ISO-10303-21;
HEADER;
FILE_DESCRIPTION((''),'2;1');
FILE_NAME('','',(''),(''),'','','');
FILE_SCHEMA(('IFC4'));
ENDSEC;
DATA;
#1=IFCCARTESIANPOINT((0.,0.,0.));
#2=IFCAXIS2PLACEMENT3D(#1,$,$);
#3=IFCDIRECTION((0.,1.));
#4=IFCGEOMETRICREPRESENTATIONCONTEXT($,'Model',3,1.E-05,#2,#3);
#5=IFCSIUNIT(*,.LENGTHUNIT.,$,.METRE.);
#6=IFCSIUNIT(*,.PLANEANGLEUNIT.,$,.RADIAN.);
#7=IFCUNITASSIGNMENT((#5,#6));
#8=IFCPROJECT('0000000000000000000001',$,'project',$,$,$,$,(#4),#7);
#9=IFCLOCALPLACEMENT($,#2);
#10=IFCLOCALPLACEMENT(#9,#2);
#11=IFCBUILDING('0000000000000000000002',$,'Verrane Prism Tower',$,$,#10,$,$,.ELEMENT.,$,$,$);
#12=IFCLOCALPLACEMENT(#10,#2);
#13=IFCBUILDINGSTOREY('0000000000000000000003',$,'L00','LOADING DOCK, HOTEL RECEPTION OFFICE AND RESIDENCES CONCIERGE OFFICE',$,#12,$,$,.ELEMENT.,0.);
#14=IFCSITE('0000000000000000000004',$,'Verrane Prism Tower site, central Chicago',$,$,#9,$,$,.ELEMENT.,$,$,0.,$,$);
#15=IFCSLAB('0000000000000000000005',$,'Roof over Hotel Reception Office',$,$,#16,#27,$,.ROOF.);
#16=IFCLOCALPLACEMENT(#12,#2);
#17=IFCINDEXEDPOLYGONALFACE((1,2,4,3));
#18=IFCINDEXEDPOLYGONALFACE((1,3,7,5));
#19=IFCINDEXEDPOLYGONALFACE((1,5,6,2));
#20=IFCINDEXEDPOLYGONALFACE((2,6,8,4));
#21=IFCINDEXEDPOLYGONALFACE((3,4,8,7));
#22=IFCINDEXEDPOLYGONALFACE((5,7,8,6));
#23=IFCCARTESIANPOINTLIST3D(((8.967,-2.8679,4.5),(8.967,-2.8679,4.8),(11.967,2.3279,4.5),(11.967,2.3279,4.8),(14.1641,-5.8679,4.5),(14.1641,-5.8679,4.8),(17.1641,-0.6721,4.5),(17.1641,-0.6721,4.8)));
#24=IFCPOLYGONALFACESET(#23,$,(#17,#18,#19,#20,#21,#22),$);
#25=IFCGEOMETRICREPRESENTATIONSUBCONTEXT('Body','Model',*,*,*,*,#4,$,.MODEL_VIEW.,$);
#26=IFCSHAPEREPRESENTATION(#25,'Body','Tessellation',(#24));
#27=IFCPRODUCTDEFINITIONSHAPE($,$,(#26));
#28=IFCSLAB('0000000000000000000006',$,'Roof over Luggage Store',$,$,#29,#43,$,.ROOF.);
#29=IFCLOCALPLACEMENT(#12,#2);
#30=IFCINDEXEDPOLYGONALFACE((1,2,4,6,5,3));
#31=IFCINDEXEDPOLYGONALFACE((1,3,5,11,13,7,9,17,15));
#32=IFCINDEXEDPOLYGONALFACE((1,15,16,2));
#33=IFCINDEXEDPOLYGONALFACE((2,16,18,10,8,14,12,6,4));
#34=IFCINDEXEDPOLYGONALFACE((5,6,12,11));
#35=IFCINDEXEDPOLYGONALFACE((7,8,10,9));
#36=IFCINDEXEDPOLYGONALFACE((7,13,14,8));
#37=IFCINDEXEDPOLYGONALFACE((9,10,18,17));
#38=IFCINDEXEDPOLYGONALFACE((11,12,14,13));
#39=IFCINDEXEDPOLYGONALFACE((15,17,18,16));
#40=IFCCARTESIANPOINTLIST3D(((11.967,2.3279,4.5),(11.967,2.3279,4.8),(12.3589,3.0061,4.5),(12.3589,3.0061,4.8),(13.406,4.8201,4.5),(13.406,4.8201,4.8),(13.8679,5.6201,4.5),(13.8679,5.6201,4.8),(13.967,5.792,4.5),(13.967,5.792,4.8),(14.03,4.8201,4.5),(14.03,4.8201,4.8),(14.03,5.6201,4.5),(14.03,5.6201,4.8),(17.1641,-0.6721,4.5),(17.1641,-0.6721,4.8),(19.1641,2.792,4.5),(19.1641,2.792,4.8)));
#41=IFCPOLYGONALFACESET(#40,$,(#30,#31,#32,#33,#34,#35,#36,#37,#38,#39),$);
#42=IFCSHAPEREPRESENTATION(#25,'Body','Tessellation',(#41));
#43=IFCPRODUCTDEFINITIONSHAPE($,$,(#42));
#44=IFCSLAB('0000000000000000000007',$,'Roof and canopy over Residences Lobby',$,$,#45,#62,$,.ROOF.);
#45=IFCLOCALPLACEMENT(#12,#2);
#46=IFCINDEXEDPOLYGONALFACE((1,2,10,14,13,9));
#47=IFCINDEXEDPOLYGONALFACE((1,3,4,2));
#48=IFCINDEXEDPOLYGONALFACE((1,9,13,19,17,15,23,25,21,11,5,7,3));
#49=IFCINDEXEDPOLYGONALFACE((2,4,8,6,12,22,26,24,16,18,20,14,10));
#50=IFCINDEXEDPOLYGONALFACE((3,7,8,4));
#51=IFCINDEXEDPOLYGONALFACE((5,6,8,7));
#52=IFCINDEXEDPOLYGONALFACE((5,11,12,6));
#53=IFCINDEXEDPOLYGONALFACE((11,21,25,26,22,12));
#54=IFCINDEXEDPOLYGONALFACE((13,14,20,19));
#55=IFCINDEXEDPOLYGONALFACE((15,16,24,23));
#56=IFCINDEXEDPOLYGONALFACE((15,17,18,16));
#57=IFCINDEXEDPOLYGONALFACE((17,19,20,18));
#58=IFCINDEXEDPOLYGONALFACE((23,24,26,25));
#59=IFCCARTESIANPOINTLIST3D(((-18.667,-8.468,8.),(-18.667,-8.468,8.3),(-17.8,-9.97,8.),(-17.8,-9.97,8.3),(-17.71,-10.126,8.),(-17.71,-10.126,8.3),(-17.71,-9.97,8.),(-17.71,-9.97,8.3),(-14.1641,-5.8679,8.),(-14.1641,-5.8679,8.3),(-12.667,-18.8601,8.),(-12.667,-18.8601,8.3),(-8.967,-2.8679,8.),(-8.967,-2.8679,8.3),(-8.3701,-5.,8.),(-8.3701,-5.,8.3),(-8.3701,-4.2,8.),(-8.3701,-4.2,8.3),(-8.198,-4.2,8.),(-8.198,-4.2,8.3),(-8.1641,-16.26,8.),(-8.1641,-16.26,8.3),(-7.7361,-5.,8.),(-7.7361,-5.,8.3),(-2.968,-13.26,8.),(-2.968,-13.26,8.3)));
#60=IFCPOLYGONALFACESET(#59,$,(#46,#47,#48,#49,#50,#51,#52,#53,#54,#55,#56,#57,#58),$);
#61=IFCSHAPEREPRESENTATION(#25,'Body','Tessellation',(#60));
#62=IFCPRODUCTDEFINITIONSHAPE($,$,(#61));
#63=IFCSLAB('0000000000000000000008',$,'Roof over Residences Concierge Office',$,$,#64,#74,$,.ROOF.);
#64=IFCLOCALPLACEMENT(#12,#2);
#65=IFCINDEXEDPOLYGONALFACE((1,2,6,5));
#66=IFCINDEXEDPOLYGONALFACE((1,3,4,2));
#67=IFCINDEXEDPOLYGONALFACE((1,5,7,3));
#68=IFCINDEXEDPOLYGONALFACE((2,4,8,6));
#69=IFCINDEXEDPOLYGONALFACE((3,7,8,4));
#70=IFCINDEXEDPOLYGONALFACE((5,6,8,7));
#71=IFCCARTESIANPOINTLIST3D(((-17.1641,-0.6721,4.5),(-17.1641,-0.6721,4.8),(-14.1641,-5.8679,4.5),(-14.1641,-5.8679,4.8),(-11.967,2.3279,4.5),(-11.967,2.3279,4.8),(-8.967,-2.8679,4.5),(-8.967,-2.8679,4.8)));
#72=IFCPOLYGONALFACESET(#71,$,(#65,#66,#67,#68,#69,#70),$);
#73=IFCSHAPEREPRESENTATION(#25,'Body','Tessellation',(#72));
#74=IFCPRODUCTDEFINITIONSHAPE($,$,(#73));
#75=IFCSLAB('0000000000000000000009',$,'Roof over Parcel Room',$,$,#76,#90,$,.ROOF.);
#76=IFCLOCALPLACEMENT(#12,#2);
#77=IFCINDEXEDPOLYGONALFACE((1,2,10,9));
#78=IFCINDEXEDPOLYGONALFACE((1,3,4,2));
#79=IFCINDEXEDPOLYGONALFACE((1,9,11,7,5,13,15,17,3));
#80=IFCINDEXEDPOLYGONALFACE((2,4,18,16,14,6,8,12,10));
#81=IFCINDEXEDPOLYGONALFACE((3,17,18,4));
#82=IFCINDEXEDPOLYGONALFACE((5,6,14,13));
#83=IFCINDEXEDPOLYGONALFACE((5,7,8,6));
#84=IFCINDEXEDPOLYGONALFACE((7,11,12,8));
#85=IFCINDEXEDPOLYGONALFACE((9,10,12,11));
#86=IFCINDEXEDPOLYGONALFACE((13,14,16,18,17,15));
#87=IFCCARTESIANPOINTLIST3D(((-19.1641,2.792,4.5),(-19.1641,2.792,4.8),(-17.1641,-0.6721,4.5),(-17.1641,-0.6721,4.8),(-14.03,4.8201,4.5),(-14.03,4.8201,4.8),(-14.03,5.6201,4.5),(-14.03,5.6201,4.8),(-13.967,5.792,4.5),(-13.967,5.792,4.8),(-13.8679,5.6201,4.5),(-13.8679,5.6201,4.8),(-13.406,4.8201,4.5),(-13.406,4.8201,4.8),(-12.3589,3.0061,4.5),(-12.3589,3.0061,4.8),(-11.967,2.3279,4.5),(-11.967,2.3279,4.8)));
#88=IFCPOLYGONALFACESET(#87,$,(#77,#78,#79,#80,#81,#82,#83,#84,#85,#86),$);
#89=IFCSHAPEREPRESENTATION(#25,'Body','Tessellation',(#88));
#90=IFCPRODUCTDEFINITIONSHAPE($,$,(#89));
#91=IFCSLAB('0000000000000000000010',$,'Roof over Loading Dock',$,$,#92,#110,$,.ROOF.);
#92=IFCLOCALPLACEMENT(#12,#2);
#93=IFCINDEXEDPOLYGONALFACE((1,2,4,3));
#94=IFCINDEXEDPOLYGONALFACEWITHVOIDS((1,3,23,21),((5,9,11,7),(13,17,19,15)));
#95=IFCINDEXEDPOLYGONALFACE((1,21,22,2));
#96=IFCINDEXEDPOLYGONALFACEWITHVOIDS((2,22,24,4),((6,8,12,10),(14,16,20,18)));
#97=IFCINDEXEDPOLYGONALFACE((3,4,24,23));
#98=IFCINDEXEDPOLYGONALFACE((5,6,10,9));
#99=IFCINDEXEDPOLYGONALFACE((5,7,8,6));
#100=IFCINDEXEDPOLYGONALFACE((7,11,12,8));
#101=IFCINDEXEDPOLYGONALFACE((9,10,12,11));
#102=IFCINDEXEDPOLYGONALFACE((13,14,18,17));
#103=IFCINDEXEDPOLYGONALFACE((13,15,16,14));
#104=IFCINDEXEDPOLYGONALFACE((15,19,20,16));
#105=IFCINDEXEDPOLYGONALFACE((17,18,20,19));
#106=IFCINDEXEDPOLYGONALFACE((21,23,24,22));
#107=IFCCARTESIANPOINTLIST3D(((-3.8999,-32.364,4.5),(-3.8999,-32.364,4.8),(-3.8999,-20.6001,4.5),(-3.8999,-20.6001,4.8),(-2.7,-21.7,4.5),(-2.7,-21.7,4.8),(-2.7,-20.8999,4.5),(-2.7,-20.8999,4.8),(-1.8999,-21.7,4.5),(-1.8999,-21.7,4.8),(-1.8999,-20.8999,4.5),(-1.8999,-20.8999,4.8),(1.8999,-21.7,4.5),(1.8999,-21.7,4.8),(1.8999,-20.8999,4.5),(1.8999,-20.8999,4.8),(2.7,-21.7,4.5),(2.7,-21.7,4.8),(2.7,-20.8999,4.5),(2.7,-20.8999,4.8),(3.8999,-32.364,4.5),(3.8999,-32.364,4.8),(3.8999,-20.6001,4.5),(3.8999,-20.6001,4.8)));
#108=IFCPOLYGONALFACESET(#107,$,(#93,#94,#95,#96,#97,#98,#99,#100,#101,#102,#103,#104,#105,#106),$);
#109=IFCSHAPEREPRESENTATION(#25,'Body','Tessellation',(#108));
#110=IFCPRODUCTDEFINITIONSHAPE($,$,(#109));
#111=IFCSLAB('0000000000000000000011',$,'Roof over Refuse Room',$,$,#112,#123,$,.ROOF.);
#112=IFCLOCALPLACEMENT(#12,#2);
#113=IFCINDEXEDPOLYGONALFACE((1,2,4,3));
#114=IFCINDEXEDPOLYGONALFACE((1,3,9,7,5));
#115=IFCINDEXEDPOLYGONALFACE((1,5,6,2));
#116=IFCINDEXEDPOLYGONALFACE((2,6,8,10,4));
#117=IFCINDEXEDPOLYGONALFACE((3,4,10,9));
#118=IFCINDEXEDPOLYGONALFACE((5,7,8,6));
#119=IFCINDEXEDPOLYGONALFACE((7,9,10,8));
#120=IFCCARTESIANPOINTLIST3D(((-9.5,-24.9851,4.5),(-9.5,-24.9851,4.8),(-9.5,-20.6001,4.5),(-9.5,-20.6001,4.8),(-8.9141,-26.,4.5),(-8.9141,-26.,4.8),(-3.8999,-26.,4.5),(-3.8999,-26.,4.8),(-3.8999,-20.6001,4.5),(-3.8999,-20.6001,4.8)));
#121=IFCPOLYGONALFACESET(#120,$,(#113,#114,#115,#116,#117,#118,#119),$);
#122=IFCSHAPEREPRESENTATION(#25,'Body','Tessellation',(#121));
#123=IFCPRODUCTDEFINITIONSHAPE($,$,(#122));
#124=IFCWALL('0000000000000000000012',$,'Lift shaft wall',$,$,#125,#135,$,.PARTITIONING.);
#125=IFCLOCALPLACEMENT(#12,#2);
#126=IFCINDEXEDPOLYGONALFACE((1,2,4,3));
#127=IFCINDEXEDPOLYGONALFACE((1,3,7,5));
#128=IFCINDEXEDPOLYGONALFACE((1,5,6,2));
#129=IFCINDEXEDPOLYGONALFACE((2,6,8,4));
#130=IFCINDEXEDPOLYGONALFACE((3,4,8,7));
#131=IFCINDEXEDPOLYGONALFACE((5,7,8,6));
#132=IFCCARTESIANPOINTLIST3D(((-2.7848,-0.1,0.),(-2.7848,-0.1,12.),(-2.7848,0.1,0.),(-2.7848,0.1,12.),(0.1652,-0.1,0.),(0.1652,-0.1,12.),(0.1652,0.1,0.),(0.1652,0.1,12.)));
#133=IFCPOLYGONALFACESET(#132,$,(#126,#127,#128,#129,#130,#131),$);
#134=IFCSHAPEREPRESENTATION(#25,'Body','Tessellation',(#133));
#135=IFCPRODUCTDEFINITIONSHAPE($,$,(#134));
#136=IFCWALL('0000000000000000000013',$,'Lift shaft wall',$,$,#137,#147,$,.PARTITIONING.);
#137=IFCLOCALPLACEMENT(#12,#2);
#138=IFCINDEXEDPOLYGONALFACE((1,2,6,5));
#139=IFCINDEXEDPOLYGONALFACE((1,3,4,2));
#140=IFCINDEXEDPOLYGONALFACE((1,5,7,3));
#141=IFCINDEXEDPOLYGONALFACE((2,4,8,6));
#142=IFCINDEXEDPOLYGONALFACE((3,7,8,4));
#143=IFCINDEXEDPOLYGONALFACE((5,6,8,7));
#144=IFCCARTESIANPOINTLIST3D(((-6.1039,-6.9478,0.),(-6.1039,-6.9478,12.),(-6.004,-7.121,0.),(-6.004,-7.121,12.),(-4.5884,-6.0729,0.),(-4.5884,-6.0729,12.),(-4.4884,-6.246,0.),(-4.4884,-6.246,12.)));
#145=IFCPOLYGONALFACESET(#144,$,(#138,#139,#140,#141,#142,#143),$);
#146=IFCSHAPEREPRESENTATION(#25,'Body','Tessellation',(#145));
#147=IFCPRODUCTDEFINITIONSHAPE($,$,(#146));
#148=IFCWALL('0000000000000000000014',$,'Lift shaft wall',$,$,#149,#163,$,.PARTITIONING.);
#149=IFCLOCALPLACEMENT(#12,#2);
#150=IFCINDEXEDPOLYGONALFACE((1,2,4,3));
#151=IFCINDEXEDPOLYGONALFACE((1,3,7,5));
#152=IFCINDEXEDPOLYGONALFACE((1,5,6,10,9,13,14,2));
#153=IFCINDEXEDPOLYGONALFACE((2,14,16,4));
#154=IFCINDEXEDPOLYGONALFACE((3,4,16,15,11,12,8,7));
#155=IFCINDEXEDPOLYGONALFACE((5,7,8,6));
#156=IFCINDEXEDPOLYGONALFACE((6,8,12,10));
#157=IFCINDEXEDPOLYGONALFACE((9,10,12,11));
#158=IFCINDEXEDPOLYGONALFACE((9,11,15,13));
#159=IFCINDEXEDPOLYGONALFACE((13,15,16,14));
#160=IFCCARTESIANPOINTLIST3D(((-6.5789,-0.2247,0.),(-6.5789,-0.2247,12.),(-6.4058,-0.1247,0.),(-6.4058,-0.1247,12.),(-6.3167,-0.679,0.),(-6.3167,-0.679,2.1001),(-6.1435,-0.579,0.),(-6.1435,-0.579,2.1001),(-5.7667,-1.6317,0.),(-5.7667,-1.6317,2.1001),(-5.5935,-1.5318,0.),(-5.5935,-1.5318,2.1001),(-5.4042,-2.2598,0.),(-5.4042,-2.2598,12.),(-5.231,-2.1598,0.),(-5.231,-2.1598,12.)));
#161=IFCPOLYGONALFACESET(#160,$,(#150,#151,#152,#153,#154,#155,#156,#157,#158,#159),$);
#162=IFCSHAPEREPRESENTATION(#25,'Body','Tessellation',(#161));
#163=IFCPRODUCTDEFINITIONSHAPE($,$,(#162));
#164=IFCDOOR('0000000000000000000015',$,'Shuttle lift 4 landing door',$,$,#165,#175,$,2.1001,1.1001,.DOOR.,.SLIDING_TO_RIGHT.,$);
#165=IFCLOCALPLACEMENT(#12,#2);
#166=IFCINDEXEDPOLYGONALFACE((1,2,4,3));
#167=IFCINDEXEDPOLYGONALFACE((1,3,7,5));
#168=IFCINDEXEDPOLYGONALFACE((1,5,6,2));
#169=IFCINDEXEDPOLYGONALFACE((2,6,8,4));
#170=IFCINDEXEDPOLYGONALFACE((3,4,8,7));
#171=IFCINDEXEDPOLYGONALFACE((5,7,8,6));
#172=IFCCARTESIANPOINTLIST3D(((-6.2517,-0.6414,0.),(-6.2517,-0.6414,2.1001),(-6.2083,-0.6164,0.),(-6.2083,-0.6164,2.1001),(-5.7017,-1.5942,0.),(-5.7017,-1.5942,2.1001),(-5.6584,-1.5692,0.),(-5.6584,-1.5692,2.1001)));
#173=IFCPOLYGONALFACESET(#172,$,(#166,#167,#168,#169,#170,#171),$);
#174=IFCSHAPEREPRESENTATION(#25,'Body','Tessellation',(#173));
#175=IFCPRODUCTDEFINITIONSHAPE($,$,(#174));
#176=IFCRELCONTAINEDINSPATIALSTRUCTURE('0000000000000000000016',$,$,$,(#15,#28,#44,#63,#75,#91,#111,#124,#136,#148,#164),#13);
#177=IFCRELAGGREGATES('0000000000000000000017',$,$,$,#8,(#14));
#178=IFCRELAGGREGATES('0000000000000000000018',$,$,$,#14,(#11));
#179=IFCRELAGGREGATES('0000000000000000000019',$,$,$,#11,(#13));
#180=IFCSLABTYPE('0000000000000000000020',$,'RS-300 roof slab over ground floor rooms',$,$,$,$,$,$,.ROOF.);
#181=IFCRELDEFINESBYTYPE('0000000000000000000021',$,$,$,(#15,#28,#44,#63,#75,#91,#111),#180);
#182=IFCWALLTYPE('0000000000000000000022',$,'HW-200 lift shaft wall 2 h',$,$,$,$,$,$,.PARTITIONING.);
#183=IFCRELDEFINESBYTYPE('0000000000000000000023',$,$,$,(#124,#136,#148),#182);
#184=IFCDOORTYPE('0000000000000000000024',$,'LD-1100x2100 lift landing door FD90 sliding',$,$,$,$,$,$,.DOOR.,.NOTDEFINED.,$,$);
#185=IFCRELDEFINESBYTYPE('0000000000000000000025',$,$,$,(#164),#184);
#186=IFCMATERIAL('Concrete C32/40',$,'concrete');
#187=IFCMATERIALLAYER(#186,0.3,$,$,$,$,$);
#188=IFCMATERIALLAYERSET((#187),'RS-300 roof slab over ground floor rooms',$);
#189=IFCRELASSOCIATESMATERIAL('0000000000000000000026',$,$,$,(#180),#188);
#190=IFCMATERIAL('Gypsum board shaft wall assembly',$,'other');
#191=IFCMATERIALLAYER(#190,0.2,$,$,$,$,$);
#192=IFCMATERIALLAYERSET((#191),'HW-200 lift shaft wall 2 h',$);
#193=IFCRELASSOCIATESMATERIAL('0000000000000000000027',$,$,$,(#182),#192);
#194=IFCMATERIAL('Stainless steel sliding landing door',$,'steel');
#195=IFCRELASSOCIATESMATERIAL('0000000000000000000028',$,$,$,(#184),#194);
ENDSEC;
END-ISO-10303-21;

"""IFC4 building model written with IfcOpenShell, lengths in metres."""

from ifc_helpers import new_model, si_unit, direction, frame, frame_2d, origin, place, context, subcontext, project, spatial, polyline, rectangle, outline, extrude, material, layer, layer_set, type_object, element, fill, save


model = new_model("IFC4")

# Units and contexts
model_context = context("Model", 3, precision=1e-05, world=origin(), true_north=direction((0.0, 1.0)))
body_context = subcontext(model_context, "Body", "Model", "MODEL_VIEW")
ifc_project = project(units=[si_unit("LENGTHUNIT", "METRE"), si_unit("PLANEANGLEUNIT", "RADIAN")], contexts=[model_context])

# Site, building, storey
site_placement = place(None, origin())
site = spatial("IfcSite", under=ifc_project, at=site_placement, Name="Verrane Prism Tower site, central Chicago", CompositionType="ELEMENT", RefElevation=0.0)
building_placement = place(site_placement, origin())
building = spatial("IfcBuilding", under=site, at=building_placement, Name="Verrane Prism Tower", CompositionType="ELEMENT")
storey_placement = place(building_placement, origin())
storey = spatial("IfcBuildingStorey", under=building, at=storey_placement, Name="L00", Description="LOADING DOCK, HOTEL RECEPTION OFFICE AND RESIDENCES CONCIERGE OFFICE", CompositionType="ELEMENT", Elevation=0.0)

# Slabs
ifc_material_1 = material(Name="Concrete C32/40", Category="concrete")
ifc_layer_1 = layer(ifc_material_1, 0.3)
ifc_layer_set_1 = layer_set([ifc_layer_1], Name="RS-300 roof slab over ground floor rooms")
slab_type_1 = type_object("IfcSlabType", Name="RS-300 roof slab over ground floor rooms", PredefinedType="ROOF", material=ifc_layer_set_1)
slab_1_placement = place(storey_placement, frame((0.0, 0.0, 4.5)))
element("IfcSlab", 1, at=slab_1_placement, inside=storey, type_object=slab_type_1, Name="Roof over Hotel Reception Office", PredefinedType="ROOF", context=body_context, shape_type="SweptSolid", body=[
    extrude(outline(polyline([(14.1641, -5.8679), (17.1641, -0.6721), (11.967, 2.3279), (8.967, -2.8679), (14.1641, -5.8679)])), origin(), (0.0, 0.0, 1.0), 0.3),
])
slab_2_placement = place(storey_placement, frame((0.0, 0.0, 4.5)))
element("IfcSlab", 2, at=slab_2_placement, inside=storey, type_object=slab_type_1, Name="Roof over Luggage Store", PredefinedType="ROOF", context=body_context, shape_type="SweptSolid", body=[
    extrude(outline(polyline([(17.1641, -0.6721), (19.1641, 2.792), (13.967, 5.792), (13.8679, 5.6201), (14.03, 5.6201), (14.03, 4.8201), (13.406, 4.8201), (12.3589, 3.0061), (11.967, 2.3279), (17.1641, -0.6721)])), origin(), (0.0, 0.0, 1.0), 0.3),
])
slab_3_placement = place(storey_placement, frame((0.0, 0.0, 8.0)))
element("IfcSlab", 3, at=slab_3_placement, inside=storey, type_object=slab_type_1, Name="Roof and canopy over Residences Lobby", PredefinedType="ROOF", context=body_context, shape_type="SweptSolid", body=[
    extrude(outline(polyline([(-12.667, -18.8601), (-8.1641, -16.26), (-2.968, -13.26), (-7.7361, -5.0), (-8.3701, -5.0), (-8.3701, -4.2), (-8.198, -4.2), (-8.967, -2.8679), (-14.1641, -5.8679), (-18.667, -8.468), (-17.8, -9.97), (-17.71, -9.97), (-17.71, -10.126), (-12.667, -18.8601)])), origin(), (0.0, 0.0, 1.0), 0.3),
])
slab_4_placement = place(storey_placement, frame((0.0, 0.0, 4.5)))
element("IfcSlab", 4, at=slab_4_placement, inside=storey, type_object=slab_type_1, Name="Roof over Residences Concierge Office", PredefinedType="ROOF", context=body_context, shape_type="SweptSolid", body=[
    extrude(outline(polyline([(-17.1641, -0.6721), (-14.1641, -5.8679), (-8.967, -2.8679), (-11.967, 2.3279), (-17.1641, -0.6721)])), origin(), (0.0, 0.0, 1.0), 0.3),
])
slab_5_placement = place(storey_placement, frame((0.0, 0.0, 4.5)))
element("IfcSlab", 5, at=slab_5_placement, inside=storey, type_object=slab_type_1, Name="Roof over Parcel Room", PredefinedType="ROOF", context=body_context, shape_type="SweptSolid", body=[
    extrude(outline(polyline([(-19.1641, 2.792), (-17.1641, -0.6721), (-11.967, 2.3279), (-12.3589, 3.0061), (-13.406, 4.8201), (-14.03, 4.8201), (-14.03, 5.6201), (-13.8679, 5.6201), (-13.967, 5.792), (-19.1641, 2.792)])), origin(), (0.0, 0.0, 1.0), 0.3),
])
slab_6_placement = place(storey_placement, frame((0.0, 0.0, 4.5)))
element("IfcSlab", 6, at=slab_6_placement, inside=storey, type_object=slab_type_1, Name="Roof over Loading Dock", PredefinedType="ROOF", context=body_context, shape_type="SweptSolid", body=[
    extrude(outline(polyline([(3.8999, -32.364), (3.8999, -20.6001), (-3.8999, -20.6001), (-3.8999, -32.364), (3.8999, -32.364)]), holes=[polyline([(-1.8999, -21.7), (-1.8999, -20.8999), (-2.7, -20.8999), (-2.7, -21.7), (-1.8999, -21.7)]), polyline([(2.7, -21.7), (2.7, -20.8999), (1.8999, -20.8999), (1.8999, -21.7), (2.7, -21.7)])]), origin(), (0.0, 0.0, 1.0), 0.3),
])
slab_7_placement = place(storey_placement, frame((0.0, 0.0, 4.5)))
element("IfcSlab", 7, at=slab_7_placement, inside=storey, type_object=slab_type_1, Name="Roof over Refuse Room", PredefinedType="ROOF", context=body_context, shape_type="SweptSolid", body=[
    extrude(outline(polyline([(-3.8999, -26.0), (-3.8999, -20.6001), (-9.5, -20.6001), (-9.5, -24.9851), (-8.9141, -26.0), (-3.8999, -26.0)])), origin(), (0.0, 0.0, 1.0), 0.3),
])

# Walls
ifc_material_2 = material(Name="Gypsum board shaft wall assembly", Category="other")
ifc_layer_2 = layer(ifc_material_2, 0.2)
ifc_layer_set_2 = layer_set([ifc_layer_2], Name="HW-200 lift shaft wall 2 h")
wall_type = type_object("IfcWallType", Name="HW-200 lift shaft wall 2 h", PredefinedType="PARTITIONING", material=ifc_layer_set_2)
wall_1_placement = place(storey_placement, frame((-2.7849, 0.0, 0.0), z_axis=(0.0, 0.0, 1.0), x_axis=(1.0, 0.0, 0.0)))
element("IfcWall", 8, at=wall_1_placement, inside=storey, type_object=wall_type, Name="Lift shaft wall", PredefinedType="PARTITIONING", context=body_context, shape_type="SweptSolid", body=[
    extrude(rectangle(XDim=2.95, YDim=0.2, at=frame_2d((1.4751, 0.0))), origin(), (0.0, 0.0, 1.0), 12.0),
])
wall_2_placement = place(storey_placement, frame((-6.054, -7.0344, 0.0), z_axis=(0.0, 0.0, 1.0), x_axis=(0.866037, 0.49998, 0.0)))
element("IfcWall", 9, at=wall_2_placement, inside=storey, type_object=wall_type, Name="Lift shaft wall", PredefinedType="PARTITIONING", context=body_context, shape_type="SweptSolid", body=[
    extrude(rectangle(XDim=1.75, YDim=0.2, at=frame_2d((0.875, 0.0))), origin(), (0.0, 0.0, 1.0), 12.0),
])

# Wall, opening, door
wall_3_placement = place(storey_placement, frame((-5.3176, -2.2097, 0.0), z_axis=(0.0, 0.0, 1.0), x_axis=(-0.499938, 0.866061, 0.0)))
wall_3 = element("IfcWall", 10, at=wall_3_placement, inside=storey, type_object=wall_type, Name="Lift shaft wall", PredefinedType="PARTITIONING", context=body_context, shape_type="SweptSolid", body=[
    extrude(rectangle(XDim=2.3499, YDim=0.2, at=frame_2d((1.1748, 0.0))), origin(), (0.0, 0.0, 1.0), 12.0),
])
opening_placement = place(wall_3_placement, frame((0.7251, 0.0, 0.0)))
opening = element("IfcOpeningElement", 11, at=opening_placement, cuts=wall_3, PredefinedType="OPENING", context=body_context, shape_type="SweptSolid", body=[
    extrude(rectangle(XDim=1.1001, YDim=2.1001, at=frame_2d((0.55, 1.05))), frame((0.0, 0.1099, 0.0), z_axis=(0.0, -1.0, 0.0), x_axis=(1.0, 0.0, 0.0)), (0.0, 0.0, 1.0), 0.22),
])
ifc_material_3 = material(Name="Stainless steel sliding landing door", Category="steel")
door_type = type_object("IfcDoorType", Name="LD-1100x2100 lift landing door FD90 sliding", OperationType="NOTDEFINED", PredefinedType="DOOR", material=ifc_material_3)
door_placement = place(opening_placement, origin())
door = element("IfcDoor", 12, at=door_placement, inside=storey, type_object=door_type, Name="Shuttle lift 4 landing door", OperationType="SLIDING_TO_RIGHT", OverallHeight=2.1001, OverallWidth=1.1001, PredefinedType="DOOR", context=body_context, shape_type="SweptSolid", body=[
    extrude(rectangle(XDim=1.1001, YDim=2.1001, at=frame_2d((0.55, 1.05))), frame((0.0, 0.0249, 0.0), z_axis=(0.0, -1.0, 0.0), x_axis=(1.0, 0.0, 0.0)), (0.0, 0.0, 1.0), 0.05),
])
fill(opening, door)

save(model, "model.ifc")
